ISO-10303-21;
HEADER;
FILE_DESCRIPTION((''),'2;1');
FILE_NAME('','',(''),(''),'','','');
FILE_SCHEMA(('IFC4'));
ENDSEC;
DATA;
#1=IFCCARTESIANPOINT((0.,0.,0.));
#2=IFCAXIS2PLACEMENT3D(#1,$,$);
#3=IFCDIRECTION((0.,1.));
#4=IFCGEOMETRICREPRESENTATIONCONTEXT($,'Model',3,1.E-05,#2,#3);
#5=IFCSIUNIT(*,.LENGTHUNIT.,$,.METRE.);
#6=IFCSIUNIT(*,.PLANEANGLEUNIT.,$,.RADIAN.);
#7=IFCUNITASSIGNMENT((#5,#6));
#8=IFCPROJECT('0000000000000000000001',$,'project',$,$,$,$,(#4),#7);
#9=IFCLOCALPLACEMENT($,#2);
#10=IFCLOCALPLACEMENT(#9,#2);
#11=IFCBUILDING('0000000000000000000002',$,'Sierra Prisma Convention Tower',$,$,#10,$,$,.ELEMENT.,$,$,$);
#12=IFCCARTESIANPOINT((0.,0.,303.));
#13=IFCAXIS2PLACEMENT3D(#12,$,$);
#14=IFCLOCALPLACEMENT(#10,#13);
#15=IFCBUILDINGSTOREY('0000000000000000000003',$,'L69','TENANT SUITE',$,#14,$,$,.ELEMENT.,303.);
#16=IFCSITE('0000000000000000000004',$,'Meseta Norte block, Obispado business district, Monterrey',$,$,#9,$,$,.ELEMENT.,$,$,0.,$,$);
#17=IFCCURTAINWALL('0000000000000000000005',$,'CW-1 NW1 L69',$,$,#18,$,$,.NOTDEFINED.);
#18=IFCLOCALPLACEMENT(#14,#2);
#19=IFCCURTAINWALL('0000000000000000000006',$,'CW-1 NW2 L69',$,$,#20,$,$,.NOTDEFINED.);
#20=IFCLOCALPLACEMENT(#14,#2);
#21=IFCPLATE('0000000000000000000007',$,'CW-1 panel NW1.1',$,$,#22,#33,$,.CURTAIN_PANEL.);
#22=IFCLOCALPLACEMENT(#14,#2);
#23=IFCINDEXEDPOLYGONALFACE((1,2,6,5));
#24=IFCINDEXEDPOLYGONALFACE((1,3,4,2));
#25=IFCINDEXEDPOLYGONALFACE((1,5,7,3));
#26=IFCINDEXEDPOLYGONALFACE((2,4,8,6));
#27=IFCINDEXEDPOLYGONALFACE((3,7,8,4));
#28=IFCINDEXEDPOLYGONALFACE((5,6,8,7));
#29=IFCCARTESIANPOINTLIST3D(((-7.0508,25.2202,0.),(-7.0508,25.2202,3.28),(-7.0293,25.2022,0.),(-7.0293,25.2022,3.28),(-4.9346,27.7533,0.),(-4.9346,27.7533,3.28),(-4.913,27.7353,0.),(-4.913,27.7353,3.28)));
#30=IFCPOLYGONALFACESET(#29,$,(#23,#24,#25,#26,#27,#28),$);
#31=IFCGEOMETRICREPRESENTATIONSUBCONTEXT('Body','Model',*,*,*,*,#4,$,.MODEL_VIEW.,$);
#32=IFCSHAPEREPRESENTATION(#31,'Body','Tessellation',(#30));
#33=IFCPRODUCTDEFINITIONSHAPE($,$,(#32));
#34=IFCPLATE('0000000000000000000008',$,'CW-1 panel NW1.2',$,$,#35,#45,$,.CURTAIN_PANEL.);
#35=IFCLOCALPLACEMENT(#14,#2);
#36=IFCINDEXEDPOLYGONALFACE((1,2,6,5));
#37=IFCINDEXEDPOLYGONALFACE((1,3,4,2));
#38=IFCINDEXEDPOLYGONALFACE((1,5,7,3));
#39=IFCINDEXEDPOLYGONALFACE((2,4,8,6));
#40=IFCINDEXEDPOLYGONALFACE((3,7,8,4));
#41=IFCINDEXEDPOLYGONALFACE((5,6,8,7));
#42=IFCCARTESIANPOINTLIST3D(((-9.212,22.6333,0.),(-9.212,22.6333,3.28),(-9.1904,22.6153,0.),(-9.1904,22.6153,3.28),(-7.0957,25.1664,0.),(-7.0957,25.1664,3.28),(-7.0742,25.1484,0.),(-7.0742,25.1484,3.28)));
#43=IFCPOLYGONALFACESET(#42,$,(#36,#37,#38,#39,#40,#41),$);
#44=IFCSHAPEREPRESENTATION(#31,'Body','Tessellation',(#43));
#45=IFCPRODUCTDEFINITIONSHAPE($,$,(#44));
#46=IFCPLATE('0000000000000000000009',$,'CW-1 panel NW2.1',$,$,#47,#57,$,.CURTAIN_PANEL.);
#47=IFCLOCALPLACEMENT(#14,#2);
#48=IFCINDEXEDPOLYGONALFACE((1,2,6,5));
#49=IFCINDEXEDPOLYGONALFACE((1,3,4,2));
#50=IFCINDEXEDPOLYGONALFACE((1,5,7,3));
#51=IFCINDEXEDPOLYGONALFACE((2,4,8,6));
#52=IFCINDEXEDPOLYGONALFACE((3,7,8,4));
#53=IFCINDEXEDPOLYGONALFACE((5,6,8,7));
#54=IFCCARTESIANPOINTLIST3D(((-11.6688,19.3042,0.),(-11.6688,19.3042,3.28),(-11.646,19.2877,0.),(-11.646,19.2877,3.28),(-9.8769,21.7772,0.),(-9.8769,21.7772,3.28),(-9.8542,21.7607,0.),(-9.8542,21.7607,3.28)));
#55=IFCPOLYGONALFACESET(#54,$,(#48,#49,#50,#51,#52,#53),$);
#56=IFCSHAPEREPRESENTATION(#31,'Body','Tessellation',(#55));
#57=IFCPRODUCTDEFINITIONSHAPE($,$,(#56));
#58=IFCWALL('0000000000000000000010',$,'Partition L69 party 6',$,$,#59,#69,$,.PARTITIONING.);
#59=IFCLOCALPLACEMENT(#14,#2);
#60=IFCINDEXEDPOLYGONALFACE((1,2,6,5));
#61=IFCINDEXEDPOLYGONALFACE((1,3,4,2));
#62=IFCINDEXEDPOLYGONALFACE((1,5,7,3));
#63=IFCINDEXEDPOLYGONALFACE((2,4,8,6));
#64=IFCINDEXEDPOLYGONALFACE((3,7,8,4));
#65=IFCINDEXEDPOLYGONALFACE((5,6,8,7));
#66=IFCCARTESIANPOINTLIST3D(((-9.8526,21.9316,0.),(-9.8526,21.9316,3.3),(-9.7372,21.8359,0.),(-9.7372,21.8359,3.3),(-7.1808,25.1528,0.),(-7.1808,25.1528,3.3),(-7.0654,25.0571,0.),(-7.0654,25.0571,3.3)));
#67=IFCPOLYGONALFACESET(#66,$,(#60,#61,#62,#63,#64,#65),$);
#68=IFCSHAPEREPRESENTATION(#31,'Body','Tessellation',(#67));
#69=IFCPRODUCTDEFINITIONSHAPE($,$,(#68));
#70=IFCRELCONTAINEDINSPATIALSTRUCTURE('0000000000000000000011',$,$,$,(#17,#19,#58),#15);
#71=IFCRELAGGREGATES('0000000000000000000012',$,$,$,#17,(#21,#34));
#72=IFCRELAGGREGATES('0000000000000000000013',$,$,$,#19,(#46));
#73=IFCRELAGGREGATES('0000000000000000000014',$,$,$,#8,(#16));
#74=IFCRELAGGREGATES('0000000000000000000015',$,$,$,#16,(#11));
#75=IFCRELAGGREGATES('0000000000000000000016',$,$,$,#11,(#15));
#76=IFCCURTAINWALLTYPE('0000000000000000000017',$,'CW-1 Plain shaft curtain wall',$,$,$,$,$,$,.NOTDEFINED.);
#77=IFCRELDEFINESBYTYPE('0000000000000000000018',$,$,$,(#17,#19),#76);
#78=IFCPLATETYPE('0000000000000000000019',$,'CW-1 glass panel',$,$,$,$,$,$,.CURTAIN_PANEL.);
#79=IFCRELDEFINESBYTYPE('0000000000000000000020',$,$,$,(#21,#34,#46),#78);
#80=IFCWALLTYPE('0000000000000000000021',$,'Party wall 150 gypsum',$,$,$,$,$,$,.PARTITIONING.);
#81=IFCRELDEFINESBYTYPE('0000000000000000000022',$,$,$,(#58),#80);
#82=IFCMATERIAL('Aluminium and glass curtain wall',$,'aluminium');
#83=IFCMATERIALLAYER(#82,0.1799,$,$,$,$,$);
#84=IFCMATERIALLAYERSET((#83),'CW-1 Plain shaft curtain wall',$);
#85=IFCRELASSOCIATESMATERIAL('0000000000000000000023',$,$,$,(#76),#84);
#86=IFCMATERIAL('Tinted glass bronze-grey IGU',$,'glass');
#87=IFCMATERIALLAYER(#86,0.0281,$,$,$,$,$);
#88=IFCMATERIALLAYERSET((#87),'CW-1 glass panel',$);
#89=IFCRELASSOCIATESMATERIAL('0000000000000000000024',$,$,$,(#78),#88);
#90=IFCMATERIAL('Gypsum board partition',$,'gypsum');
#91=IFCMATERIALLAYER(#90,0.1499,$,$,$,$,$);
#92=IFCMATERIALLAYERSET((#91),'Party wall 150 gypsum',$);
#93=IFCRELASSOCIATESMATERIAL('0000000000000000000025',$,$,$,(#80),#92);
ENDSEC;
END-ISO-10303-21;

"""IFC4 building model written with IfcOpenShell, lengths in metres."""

from ifc_helpers import new_model, si_unit, direction, frame, frame_2d, origin, origin_2d, place, context, subcontext, project, spatial, rectangle, extrude, material, layer, layer_set, type_object, element, aggregate, save


model = new_model("IFC4")

# Units and contexts
model_context = context("Model", 3, precision=1e-05, world=origin(), true_north=direction((0.0, 1.0)))
body_context = subcontext(model_context, "Body", "Model", "MODEL_VIEW")
ifc_project = project(units=[si_unit("LENGTHUNIT", "METRE"), si_unit("PLANEANGLEUNIT", "RADIAN")], contexts=[model_context])

# Site, building, storey
site_placement = place(None, origin())
site = spatial("IfcSite", under=ifc_project, at=site_placement, Name="Meseta Norte block, Obispado business district, Monterrey", CompositionType="ELEMENT", RefElevation=0.0)
building_placement = place(site_placement, origin())
building = spatial("IfcBuilding", under=site, at=building_placement, Name="Sierra Prisma Convention Tower", CompositionType="ELEMENT")
storey_placement = place(building_placement, frame((0.0, 0.0, 303.0)))
storey = spatial("IfcBuildingStorey", under=building, at=storey_placement, Name="L69", Description="TENANT SUITE", CompositionType="ELEMENT", Elevation=303.0)

# Shared definitions
ifc_material_1 = material(Name="Aluminium and glass curtain wall", Category="aluminium")
ifc_layer_1 = layer(ifc_material_1, 0.1799)
ifc_layer_set_1 = layer_set([ifc_layer_1], Name="CW-1 Plain shaft curtain wall")
curtain_wall_type = type_object("IfcCurtainWallType", Name="CW-1 Plain shaft curtain wall", PredefinedType="NOTDEFINED", material=ifc_layer_set_1)

# Curtain walls
curtain_wall_1_placement = place(storey_placement, origin())
curtain_wall_1 = element("IfcCurtainWall", 1, at=curtain_wall_1_placement, inside=storey, type_object=curtain_wall_type, Name="CW-1 NW1 L69", PredefinedType="NOTDEFINED")
curtain_wall_2_placement = place(storey_placement, origin())
curtain_wall_2 = element("IfcCurtainWall", 2, at=curtain_wall_2_placement, inside=storey, type_object=curtain_wall_type, Name="CW-1 NW2 L69", PredefinedType="NOTDEFINED")

# Shared definitions
ifc_material_2 = material(Name="Tinted glass bronze-grey IGU", Category="glass")
ifc_layer_2 = layer(ifc_material_2, 0.0281)
ifc_layer_set_2 = layer_set([ifc_layer_2], Name="CW-1 glass panel")
plate_type = type_object("IfcPlateType", Name="CW-1 glass panel", PredefinedType="CURTAIN_PANEL", material=ifc_layer_set_2)

# Plates
plate_1_placement = place(storey_placement, frame((-5.9819, 26.4778, 0.0), z_axis=(0.0, 0.0, 1.0), x_axis=(-0.64114, -0.767424, 0.0)))
plate_1 = element("IfcPlate", 3, at=plate_1_placement, type_object=plate_type, Name="CW-1 panel NW1.1", PredefinedType="CURTAIN_PANEL", context=body_context, shape_type="SweptSolid", body=[
    extrude(rectangle(XDim=3.3008, YDim=0.0281, at=origin_2d()), origin(), (0.0, 0.0, 1.0), 3.28),
])
plate_2_placement = place(storey_placement, frame((-8.1431, 23.8909, 0.0), z_axis=(0.0, 0.0, 1.0), x_axis=(-0.64114, -0.767424, 0.0)))
plate_2 = element("IfcPlate", 4, at=plate_2_placement, type_object=plate_type, Name="CW-1 panel NW1.2", PredefinedType="CURTAIN_PANEL", context=body_context, shape_type="SweptSolid", body=[
    extrude(rectangle(XDim=3.3008, YDim=0.0281, at=origin_2d()), origin(), (0.0, 0.0, 1.0), 3.28),
])
aggregate(curtain_wall_1, [plate_1, plate_2])
plate_3_placement = place(storey_placement, frame((-10.7615, 20.5325, 0.0), z_axis=(0.0, 0.0, 1.0), x_axis=(-0.586742, -0.809774, 0.0)))
plate_3 = element("IfcPlate", 5, at=plate_3_placement, type_object=plate_type, Name="CW-1 panel NW2.1", PredefinedType="CURTAIN_PANEL", context=body_context, shape_type="SweptSolid", body=[
    extrude(rectangle(XDim=3.054, YDim=0.0281, at=origin_2d()), origin(), (0.0, 0.0, 1.0), 3.28),
])
aggregate(curtain_wall_2, [plate_3])

# Wall
ifc_material_3 = material(Name="Gypsum board partition", Category="gypsum")
ifc_layer_3 = layer(ifc_material_3, 0.1499)
ifc_layer_set_3 = layer_set([ifc_layer_3], Name="Party wall 150 gypsum")
wall_type = type_object("IfcWallType", Name="Party wall 150 gypsum", PredefinedType="PARTITIONING", material=ifc_layer_set_3)
wall_placement = place(storey_placement, frame((-9.7949, 21.8838, 0.0), z_axis=(0.0, 0.0, 1.0), x_axis=(0.638427, 0.769682, 0.0)))
element("IfcWall", 6, at=wall_placement, inside=storey, type_object=wall_type, Name="Partition L69 party 6", PredefinedType="PARTITIONING", context=body_context, shape_type="SweptSolid", body=[
    extrude(rectangle(XDim=4.1851, YDim=0.1499, at=frame_2d((2.0925, 0.0))), origin(), (0.0, 0.0, 1.0), 3.3),
])

save(model, "model.ifc")
